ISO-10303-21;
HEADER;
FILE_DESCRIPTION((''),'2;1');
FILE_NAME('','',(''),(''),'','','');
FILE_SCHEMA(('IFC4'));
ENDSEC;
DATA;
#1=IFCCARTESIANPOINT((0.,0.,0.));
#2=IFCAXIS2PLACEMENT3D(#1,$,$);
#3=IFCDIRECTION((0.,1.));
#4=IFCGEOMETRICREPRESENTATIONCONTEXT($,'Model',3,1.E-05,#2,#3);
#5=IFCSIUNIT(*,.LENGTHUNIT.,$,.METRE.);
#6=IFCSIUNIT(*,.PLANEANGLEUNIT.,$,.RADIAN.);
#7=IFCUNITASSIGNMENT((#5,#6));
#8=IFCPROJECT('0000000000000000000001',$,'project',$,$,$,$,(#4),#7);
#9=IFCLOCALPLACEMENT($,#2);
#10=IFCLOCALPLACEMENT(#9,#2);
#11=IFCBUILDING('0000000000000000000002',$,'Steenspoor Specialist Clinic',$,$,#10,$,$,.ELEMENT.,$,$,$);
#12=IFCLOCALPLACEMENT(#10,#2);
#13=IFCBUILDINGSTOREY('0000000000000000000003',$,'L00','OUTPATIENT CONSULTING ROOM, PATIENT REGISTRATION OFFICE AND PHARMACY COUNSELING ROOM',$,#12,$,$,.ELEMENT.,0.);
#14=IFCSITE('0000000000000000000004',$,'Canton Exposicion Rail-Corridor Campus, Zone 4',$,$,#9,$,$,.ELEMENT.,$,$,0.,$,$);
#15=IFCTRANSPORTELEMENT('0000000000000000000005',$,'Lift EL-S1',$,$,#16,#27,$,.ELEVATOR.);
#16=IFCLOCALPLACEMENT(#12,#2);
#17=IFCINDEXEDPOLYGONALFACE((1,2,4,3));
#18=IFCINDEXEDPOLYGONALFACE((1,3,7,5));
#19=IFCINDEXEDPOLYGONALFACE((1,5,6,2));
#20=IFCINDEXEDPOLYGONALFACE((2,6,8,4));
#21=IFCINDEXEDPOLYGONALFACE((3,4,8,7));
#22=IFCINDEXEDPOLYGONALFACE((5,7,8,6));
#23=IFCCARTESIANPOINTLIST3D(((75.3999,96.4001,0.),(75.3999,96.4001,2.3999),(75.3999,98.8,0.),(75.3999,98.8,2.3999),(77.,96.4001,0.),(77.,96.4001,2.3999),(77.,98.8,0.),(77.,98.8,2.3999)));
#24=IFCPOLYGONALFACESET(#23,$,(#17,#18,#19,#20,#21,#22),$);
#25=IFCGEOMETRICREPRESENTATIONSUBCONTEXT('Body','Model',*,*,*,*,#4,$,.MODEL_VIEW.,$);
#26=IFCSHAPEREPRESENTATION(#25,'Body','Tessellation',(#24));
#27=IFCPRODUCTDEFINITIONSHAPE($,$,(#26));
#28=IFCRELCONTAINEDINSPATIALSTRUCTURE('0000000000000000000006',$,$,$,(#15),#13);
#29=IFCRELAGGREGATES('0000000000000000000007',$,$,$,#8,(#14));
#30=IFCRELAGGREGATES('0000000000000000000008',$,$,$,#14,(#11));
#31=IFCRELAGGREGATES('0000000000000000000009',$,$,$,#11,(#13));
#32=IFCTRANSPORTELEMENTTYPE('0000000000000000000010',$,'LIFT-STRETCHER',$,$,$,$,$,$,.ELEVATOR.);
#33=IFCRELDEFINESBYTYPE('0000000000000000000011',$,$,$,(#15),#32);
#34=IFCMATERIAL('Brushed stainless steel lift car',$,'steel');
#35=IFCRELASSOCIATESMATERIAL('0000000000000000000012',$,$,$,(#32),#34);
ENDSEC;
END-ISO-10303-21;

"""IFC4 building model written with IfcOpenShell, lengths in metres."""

from ifc_helpers import new_model, si_unit, direction, frame, origin, origin_2d, place, context, subcontext, project, spatial, rectangle, extrude, material, type_object, element, save


model = new_model("IFC4")

# Units and contexts
model_context = context("Model", 3, precision=1e-05, world=origin(), true_north=direction((0.0, 1.0)))
body_context = subcontext(model_context, "Body", "Model", "MODEL_VIEW")
ifc_project = project(units=[si_unit("LENGTHUNIT", "METRE"), si_unit("PLANEANGLEUNIT", "RADIAN")], contexts=[model_context])

# Site, building, storey
site_placement = place(None, origin())
site = spatial("IfcSite", under=ifc_project, at=site_placement, Name="Canton Exposicion Rail-Corridor Campus, Zone 4", CompositionType="ELEMENT", RefElevation=0.0)
building_placement = place(site_placement, origin())
building = spatial("IfcBuilding", under=site, at=building_placement, Name="Steenspoor Specialist Clinic", CompositionType="ELEMENT")
storey_placement = place(building_placement, origin())
storey = spatial("IfcBuildingStorey", under=building, at=storey_placement, Name="L00", Description="OUTPATIENT CONSULTING ROOM, PATIENT REGISTRATION OFFICE AND PHARMACY COUNSELING ROOM", CompositionType="ELEMENT", Elevation=0.0)

# Transport element
ifc_material_1 = material(Name="Brushed stainless steel lift car", Category="steel")
transport_element_type = type_object("IfcTransportElementType", Name="LIFT-STRETCHER", PredefinedType="ELEVATOR", material=ifc_material_1)
transport_element_placement = place(storey_placement, frame((76.2, 97.6001, 0.0), z_axis=(0.0, 0.0, 1.0), x_axis=(1.0, 0.0, 0.0)))
element("IfcTransportElement", 1, at=transport_element_placement, inside=storey, type_object=transport_element_type, Name="Lift EL-S1", PredefinedType="ELEVATOR", context=body_context, shape_type="SweptSolid", body=[
    extrude(rectangle(XDim=1.6001, YDim=2.3999, at=origin_2d()), origin(), (0.0, 0.0, 1.0), 2.3999),
])

save(model, "model.ifc")
